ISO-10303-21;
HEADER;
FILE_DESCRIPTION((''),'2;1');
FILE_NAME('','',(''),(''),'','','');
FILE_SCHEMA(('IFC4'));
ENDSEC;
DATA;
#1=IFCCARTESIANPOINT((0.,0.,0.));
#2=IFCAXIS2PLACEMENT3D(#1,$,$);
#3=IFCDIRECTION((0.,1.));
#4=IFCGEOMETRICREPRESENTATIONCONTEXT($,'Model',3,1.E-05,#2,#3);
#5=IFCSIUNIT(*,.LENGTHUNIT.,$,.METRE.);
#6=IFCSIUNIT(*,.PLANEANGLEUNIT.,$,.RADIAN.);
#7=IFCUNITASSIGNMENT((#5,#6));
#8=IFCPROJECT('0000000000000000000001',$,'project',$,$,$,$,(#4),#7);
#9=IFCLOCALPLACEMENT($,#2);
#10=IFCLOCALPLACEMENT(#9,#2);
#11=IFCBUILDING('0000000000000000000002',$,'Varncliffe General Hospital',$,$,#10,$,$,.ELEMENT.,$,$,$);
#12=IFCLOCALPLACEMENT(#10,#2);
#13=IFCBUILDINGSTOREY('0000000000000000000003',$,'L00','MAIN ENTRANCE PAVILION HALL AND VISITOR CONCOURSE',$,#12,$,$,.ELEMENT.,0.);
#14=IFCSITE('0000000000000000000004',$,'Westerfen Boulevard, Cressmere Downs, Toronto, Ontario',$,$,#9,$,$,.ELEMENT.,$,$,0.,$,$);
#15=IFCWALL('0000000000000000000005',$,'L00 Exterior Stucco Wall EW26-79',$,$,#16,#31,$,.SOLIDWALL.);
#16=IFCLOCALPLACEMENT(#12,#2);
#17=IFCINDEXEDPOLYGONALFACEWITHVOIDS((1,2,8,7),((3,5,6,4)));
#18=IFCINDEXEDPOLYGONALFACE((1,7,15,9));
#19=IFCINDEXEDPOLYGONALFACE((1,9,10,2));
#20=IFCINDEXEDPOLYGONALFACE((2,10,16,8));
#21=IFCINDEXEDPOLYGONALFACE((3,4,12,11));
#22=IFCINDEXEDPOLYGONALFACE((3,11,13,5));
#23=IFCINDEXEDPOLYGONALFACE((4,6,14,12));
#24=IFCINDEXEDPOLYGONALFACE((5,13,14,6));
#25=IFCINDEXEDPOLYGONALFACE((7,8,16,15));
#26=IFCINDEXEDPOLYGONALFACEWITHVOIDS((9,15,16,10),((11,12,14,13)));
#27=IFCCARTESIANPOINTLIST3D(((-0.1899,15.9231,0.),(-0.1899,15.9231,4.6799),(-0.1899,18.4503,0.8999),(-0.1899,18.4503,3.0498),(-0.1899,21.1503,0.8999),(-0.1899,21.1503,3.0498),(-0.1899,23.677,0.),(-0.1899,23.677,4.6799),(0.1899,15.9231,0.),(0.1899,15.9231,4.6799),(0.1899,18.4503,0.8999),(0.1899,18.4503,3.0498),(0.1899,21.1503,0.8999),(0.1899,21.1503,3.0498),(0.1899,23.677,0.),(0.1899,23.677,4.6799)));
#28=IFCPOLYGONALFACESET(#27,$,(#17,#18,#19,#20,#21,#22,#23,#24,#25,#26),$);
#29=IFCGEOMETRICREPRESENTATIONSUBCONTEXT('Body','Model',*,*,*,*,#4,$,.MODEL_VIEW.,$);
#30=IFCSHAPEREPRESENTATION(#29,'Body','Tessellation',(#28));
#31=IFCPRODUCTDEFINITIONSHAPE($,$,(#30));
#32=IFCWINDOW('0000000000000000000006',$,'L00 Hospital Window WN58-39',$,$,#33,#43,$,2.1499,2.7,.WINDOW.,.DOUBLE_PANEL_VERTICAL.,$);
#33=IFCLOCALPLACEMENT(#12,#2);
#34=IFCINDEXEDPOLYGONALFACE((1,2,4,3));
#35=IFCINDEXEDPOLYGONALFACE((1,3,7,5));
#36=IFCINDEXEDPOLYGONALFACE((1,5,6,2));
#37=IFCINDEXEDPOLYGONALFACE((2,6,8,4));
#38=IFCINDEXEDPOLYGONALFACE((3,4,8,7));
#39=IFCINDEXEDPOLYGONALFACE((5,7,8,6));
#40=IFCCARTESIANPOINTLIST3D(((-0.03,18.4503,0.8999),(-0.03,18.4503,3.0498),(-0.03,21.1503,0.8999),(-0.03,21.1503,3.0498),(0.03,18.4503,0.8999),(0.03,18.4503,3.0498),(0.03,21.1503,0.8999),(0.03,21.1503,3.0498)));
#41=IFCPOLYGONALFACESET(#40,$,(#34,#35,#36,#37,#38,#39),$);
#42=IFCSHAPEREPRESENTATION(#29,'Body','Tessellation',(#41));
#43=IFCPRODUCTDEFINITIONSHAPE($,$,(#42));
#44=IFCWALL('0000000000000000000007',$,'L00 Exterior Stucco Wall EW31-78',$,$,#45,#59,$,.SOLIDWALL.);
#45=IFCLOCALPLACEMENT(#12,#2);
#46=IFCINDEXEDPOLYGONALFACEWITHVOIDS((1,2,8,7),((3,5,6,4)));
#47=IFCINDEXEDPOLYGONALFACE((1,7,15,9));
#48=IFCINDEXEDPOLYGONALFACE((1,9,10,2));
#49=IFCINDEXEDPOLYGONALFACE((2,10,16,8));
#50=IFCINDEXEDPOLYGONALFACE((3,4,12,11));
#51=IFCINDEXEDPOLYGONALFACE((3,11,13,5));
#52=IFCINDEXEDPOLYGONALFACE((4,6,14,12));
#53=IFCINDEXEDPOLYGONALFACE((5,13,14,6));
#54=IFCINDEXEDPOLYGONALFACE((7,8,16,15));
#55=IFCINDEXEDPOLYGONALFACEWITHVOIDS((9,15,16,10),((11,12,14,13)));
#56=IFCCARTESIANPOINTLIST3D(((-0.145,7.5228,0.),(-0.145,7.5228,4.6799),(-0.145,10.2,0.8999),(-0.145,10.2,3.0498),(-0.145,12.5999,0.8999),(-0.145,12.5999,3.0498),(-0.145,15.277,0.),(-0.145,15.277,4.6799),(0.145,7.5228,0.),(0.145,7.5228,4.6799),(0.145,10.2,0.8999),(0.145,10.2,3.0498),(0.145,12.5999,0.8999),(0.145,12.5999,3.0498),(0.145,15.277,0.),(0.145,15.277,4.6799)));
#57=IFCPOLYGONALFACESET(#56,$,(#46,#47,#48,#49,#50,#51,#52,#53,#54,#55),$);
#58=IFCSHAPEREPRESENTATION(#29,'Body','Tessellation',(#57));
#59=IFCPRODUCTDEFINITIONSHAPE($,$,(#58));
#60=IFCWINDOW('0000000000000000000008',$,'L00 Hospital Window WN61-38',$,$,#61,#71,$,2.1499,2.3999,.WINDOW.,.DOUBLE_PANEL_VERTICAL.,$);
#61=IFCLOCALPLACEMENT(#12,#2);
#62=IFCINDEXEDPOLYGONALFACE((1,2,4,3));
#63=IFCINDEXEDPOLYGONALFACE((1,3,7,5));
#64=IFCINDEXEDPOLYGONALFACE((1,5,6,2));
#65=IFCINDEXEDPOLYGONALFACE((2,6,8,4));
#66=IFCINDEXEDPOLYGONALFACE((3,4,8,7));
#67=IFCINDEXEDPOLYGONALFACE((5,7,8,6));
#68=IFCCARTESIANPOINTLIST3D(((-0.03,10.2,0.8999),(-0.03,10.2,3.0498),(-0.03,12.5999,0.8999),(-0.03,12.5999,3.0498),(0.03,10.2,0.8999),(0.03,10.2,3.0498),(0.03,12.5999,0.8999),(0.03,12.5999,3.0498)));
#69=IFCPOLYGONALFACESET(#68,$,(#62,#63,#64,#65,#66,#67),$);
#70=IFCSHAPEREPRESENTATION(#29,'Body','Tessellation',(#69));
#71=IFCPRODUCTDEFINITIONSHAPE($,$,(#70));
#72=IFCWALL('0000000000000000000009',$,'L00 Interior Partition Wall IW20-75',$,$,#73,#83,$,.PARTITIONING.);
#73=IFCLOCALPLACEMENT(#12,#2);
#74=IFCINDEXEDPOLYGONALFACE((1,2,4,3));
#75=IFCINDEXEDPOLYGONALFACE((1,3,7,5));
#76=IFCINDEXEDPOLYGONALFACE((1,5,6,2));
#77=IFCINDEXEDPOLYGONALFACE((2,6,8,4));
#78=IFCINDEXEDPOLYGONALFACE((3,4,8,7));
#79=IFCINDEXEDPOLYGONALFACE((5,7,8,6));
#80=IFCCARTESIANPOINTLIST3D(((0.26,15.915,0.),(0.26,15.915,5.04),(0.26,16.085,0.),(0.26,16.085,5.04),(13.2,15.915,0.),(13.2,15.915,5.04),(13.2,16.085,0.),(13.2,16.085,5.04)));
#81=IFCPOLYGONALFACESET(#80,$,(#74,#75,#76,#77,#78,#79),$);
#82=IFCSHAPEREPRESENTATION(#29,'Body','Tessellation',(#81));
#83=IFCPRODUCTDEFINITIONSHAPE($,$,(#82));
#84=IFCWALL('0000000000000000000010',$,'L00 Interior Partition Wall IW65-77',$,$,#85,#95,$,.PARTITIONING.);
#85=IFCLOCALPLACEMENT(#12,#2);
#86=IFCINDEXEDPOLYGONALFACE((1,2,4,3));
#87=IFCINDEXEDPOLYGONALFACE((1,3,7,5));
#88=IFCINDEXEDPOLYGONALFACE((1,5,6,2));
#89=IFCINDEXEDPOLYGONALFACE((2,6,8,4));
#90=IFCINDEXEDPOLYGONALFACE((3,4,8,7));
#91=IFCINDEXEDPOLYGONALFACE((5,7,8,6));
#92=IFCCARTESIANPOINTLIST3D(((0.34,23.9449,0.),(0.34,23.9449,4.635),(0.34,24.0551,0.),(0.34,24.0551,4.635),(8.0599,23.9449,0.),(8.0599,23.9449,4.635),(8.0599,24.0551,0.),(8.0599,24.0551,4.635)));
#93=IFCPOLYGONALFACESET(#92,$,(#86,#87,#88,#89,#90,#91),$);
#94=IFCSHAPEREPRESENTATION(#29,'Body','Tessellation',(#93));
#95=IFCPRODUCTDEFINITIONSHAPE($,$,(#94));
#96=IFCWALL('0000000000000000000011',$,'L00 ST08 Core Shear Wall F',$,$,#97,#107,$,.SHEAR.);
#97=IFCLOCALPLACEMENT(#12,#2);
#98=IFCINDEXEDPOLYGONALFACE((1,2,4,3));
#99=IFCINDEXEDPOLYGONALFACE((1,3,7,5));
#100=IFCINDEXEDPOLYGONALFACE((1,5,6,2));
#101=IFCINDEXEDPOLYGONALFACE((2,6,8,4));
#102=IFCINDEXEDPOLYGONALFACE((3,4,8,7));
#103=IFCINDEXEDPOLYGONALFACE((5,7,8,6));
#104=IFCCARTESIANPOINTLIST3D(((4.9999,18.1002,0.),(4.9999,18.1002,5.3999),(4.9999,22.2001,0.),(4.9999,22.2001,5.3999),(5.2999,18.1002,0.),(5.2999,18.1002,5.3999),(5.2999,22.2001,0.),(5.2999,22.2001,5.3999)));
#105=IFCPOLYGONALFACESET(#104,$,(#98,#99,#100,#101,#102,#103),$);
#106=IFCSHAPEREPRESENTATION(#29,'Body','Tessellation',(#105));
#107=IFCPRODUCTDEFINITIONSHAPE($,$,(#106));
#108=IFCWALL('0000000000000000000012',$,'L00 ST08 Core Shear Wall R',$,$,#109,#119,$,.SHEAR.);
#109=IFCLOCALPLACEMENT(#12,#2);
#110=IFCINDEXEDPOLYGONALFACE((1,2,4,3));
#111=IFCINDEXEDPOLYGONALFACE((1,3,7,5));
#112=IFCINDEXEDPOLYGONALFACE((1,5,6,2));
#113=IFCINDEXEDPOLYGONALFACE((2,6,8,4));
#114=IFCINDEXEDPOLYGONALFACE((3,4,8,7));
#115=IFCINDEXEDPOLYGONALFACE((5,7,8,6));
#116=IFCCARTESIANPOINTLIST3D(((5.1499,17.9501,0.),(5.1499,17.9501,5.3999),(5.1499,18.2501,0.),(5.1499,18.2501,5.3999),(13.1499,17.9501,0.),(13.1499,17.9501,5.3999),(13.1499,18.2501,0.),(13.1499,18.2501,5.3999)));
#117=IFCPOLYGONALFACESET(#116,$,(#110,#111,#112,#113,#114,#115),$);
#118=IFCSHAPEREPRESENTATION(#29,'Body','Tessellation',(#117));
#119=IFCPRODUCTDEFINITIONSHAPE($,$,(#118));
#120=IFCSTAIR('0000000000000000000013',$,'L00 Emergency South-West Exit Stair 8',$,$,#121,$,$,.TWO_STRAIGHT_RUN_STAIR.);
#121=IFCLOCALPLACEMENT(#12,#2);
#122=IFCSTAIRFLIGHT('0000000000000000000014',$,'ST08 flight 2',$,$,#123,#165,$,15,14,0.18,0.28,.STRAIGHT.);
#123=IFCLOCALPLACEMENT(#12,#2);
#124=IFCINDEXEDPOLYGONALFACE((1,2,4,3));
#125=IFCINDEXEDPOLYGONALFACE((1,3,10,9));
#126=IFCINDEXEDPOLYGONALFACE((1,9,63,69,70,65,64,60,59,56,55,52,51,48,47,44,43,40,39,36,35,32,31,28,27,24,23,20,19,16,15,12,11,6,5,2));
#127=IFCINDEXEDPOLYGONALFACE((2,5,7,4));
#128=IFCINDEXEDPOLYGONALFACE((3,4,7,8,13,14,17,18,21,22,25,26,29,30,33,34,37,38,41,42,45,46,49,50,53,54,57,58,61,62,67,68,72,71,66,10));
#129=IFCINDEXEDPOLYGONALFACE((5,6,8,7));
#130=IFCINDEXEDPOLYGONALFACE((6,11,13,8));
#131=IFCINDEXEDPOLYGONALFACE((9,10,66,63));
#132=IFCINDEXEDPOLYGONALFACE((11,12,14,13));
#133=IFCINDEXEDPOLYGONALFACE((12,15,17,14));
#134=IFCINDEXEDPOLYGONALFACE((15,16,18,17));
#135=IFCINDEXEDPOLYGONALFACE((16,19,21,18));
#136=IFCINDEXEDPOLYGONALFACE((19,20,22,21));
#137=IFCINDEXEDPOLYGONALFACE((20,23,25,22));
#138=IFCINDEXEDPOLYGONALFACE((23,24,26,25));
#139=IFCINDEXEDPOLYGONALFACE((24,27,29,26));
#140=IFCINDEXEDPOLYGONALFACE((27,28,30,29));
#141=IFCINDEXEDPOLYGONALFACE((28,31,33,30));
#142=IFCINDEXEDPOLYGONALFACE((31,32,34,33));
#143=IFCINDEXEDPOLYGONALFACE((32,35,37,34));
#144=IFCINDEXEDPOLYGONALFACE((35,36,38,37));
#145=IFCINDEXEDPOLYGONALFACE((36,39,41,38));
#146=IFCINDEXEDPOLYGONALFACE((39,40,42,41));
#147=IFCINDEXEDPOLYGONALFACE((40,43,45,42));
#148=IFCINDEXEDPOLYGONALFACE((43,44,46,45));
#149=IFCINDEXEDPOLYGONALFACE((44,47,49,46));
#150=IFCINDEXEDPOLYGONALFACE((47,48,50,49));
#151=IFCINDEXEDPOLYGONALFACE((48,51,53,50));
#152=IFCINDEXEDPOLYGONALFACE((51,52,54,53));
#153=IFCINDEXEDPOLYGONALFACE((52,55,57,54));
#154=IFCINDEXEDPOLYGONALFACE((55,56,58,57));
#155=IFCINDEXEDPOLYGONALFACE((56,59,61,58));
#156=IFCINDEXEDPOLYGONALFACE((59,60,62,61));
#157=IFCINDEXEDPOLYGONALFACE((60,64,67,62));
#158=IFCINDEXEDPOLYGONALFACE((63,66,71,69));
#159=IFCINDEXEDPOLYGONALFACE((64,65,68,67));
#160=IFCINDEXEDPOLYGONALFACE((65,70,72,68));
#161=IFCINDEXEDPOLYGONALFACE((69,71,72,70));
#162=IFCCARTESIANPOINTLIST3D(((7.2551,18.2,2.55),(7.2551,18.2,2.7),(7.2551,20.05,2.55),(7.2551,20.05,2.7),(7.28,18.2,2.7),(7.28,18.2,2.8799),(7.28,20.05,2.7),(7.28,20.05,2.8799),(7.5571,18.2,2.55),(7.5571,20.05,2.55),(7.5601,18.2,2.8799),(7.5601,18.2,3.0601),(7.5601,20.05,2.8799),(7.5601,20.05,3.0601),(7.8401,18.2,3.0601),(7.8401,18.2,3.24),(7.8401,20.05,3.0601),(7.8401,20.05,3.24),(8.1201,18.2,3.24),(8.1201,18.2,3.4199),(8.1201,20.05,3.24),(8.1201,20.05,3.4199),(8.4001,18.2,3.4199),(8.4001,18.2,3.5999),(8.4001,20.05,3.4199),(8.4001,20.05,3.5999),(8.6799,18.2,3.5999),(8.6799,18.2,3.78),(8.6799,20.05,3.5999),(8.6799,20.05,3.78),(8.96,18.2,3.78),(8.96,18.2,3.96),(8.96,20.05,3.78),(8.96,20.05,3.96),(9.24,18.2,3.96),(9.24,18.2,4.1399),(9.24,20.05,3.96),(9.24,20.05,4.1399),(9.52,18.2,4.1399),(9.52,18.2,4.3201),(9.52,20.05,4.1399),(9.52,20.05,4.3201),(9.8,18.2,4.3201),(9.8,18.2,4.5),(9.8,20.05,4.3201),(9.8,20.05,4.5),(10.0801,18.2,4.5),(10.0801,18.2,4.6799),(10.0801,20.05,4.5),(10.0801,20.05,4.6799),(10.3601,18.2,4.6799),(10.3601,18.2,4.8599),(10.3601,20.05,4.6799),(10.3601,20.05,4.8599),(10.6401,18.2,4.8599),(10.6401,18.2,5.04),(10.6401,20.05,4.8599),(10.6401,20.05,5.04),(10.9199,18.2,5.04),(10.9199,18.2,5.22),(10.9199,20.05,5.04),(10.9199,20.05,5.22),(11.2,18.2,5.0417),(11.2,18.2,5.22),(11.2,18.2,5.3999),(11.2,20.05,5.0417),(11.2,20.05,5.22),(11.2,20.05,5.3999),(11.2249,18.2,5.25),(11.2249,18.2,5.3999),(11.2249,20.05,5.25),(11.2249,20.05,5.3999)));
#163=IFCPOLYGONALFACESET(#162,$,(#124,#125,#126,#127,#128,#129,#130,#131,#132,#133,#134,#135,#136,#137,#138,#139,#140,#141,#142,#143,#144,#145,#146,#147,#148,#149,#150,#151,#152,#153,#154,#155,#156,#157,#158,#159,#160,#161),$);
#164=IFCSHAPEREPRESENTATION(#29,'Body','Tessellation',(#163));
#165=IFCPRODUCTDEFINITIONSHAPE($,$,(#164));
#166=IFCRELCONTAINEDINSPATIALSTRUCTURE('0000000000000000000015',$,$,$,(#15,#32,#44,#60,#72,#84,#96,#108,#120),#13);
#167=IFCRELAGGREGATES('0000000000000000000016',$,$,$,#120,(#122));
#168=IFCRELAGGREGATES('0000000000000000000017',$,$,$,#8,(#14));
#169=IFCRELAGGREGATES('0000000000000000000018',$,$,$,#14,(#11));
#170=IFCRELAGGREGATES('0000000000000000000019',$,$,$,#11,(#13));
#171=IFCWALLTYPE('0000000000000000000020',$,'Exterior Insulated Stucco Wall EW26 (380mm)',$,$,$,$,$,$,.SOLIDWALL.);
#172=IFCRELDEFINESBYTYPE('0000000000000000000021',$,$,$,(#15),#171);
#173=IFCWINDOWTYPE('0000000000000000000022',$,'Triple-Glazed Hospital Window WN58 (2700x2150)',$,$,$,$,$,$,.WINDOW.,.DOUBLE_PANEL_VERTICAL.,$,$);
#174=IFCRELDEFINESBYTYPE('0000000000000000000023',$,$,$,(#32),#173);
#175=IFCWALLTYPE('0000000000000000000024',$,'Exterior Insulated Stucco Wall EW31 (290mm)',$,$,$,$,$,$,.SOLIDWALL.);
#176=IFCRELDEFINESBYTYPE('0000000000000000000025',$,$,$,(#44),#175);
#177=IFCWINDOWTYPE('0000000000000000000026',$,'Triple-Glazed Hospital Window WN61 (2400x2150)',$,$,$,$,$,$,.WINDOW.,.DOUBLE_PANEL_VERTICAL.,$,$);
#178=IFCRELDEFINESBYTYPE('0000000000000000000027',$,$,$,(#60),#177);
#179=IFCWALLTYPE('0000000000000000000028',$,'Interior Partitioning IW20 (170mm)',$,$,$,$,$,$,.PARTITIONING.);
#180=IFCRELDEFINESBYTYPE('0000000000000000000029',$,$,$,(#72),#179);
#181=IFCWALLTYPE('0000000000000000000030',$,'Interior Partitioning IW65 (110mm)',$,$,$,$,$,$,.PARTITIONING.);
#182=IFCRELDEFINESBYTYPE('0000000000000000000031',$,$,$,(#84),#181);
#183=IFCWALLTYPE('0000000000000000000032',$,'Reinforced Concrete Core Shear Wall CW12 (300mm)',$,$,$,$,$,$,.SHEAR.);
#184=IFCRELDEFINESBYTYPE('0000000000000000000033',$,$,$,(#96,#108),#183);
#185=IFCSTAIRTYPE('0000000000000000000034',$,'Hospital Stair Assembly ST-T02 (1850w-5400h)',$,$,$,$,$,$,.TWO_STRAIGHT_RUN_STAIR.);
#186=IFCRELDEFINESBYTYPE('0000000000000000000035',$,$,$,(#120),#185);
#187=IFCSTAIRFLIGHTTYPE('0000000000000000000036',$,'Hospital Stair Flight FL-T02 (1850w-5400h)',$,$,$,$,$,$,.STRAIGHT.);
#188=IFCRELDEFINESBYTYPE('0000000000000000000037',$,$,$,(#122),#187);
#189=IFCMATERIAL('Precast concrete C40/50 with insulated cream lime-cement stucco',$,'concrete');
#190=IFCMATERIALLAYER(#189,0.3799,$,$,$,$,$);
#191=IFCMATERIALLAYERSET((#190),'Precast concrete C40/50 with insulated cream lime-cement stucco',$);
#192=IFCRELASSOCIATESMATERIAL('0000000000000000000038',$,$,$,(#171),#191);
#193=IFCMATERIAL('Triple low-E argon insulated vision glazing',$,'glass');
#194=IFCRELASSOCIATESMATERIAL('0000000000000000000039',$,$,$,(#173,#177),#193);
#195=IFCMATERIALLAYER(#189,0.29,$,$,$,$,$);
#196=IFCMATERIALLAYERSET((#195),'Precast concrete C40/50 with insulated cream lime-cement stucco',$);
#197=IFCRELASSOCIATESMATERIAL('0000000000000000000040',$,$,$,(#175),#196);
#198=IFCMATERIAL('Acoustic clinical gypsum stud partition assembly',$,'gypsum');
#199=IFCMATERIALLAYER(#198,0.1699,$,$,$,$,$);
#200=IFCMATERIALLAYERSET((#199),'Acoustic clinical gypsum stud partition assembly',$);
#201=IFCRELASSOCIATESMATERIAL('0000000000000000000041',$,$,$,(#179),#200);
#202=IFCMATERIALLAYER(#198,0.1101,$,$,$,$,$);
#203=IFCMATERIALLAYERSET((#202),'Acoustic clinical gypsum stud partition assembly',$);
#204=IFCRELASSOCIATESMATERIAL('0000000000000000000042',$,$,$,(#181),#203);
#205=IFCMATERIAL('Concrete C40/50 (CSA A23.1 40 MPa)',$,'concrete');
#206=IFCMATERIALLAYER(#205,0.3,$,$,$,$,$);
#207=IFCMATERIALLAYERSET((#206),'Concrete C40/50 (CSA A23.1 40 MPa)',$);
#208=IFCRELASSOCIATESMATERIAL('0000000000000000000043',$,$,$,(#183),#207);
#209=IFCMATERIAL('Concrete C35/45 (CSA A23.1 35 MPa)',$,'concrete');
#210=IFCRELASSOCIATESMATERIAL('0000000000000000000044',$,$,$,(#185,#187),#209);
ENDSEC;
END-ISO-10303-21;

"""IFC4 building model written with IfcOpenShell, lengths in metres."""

from ifc_helpers import new_model, si_unit, direction, frame, frame_2d, origin, place, context, subcontext, project, spatial, polyline, rectangle, outline, extrude, material, layer, layer_set, type_object, element, fill, aggregate, save


model = new_model("IFC4")

# Units and contexts
model_context = context("Model", 3, precision=1e-05, world=origin(), true_north=direction((0.0, 1.0)))
body_context = subcontext(model_context, "Body", "Model", "MODEL_VIEW")
ifc_project = project(units=[si_unit("LENGTHUNIT", "METRE"), si_unit("PLANEANGLEUNIT", "RADIAN")], contexts=[model_context])

# Site, building, storey
site_placement = place(None, origin())
site = spatial("IfcSite", under=ifc_project, at=site_placement, Name="Westerfen Boulevard, Cressmere Downs, Toronto, Ontario", CompositionType="ELEMENT", RefElevation=0.0)
building_placement = place(site_placement, origin())
building = spatial("IfcBuilding", under=site, at=building_placement, Name="Varncliffe General Hospital", CompositionType="ELEMENT")
storey_placement = place(building_placement, origin())
storey = spatial("IfcBuildingStorey", under=building, at=storey_placement, Name="L00", Description="MAIN ENTRANCE PAVILION HALL AND VISITOR CONCOURSE", CompositionType="ELEMENT", Elevation=0.0)

# Shared definitions
ifc_material_1 = material(Name="Concrete C40/50 (CSA A23.1 40 MPa)", Category="concrete")

# Shared definitions
ifc_material_2 = material(Name="Concrete C35/45 (CSA A23.1 35 MPa)", Category="concrete")

# Walls, openings, windows
ifc_material_3 = material(Name="Precast concrete C40/50 with insulated cream lime-cement stucco", Category="concrete")
ifc_layer_1 = layer(ifc_material_3, 0.3799)
ifc_layer_set_1 = layer_set([ifc_layer_1], Name="Precast concrete C40/50 with insulated cream lime-cement stucco")
wall_type_1 = type_object("IfcWallType", Name="Exterior Insulated Stucco Wall EW26 (380mm)", PredefinedType="SOLIDWALL", material=ifc_layer_set_1)
wall_1_placement = place(storey_placement, frame((0.0, 15.9231, 0.0), z_axis=(0.0, 0.0, 1.0), x_axis=(0.0, 1.0, 0.0)))
wall_1 = element("IfcWall", 1, at=wall_1_placement, inside=storey, type_object=wall_type_1, Name="L00 Exterior Stucco Wall EW26-79", PredefinedType="SOLIDWALL", context=body_context, shape_type="SweptSolid", body=[
    extrude(rectangle(XDim=7.7539, YDim=0.3799, at=frame_2d((3.877, 0.0))), origin(), (0.0, 0.0, 1.0), 4.6799),
])
opening_1_placement = place(wall_1_placement, frame((2.5271, 0.0, 0.8999)))
opening_1 = element("IfcOpeningElement", 2, at=opening_1_placement, cuts=wall_1, PredefinedType="OPENING", context=body_context, shape_type="SweptSolid", body=[
    extrude(rectangle(XDim=2.7, YDim=2.1499, at=frame_2d((1.3501, 1.075))), frame((0.0, 0.2, 0.0), z_axis=(0.0, -1.0, 0.0), x_axis=(1.0, 0.0, 0.0)), (0.0, 0.0, 1.0), 0.3999),
])
ifc_material_4 = material(Name="Triple low-E argon insulated vision glazing", Category="glass")
window_type_1 = type_object("IfcWindowType", Name="Triple-Glazed Hospital Window WN58 (2700x2150)", PartitioningType="DOUBLE_PANEL_VERTICAL", PredefinedType="WINDOW", material=ifc_material_4)
window_1_placement = place(opening_1_placement, origin())
window_1 = element("IfcWindow", 3, at=window_1_placement, inside=storey, type_object=window_type_1, Name="L00 Hospital Window WN58-39", OverallHeight=2.1499, OverallWidth=2.7, PartitioningType="DOUBLE_PANEL_VERTICAL", PredefinedType="WINDOW", context=body_context, shape_type="SweptSolid", body=[
    extrude(rectangle(XDim=2.7, YDim=2.1499, at=frame_2d((1.3501, 1.075))), frame((0.0, 0.03, 0.0), z_axis=(0.0, -1.0, 0.0), x_axis=(1.0, 0.0, 0.0)), (0.0, 0.0, 1.0), 0.0601),
])
fill(opening_1, window_1)
ifc_layer_2 = layer(ifc_material_3, 0.29)
ifc_layer_set_2 = layer_set([ifc_layer_2], Name="Precast concrete C40/50 with insulated cream lime-cement stucco")
wall_type_2 = type_object("IfcWallType", Name="Exterior Insulated Stucco Wall EW31 (290mm)", PredefinedType="SOLIDWALL", material=ifc_layer_set_2)
wall_2_placement = place(storey_placement, frame((0.0, 7.5229, 0.0), z_axis=(0.0, 0.0, 1.0), x_axis=(0.0, 1.0, 0.0)))
wall_2 = element("IfcWall", 4, at=wall_2_placement, inside=storey, type_object=wall_type_2, Name="L00 Exterior Stucco Wall EW31-78", PredefinedType="SOLIDWALL", context=body_context, shape_type="SweptSolid", body=[
    extrude(rectangle(XDim=7.7542, YDim=0.29, at=frame_2d((3.877, 0.0))), origin(), (0.0, 0.0, 1.0), 4.6799),
])
opening_2_placement = place(wall_2_placement, frame((2.677, 0.0, 0.8999)))
opening_2 = element("IfcOpeningElement", 5, at=opening_2_placement, cuts=wall_2, PredefinedType="OPENING", context=body_context, shape_type="SweptSolid", body=[
    extrude(rectangle(XDim=2.3999, YDim=2.1499, at=frame_2d((1.2, 1.075))), frame((0.0, 0.155, 0.0), z_axis=(0.0, -1.0, 0.0), x_axis=(1.0, 0.0, 0.0)), (0.0, 0.0, 1.0), 0.3101),
])
window_type_2 = type_object("IfcWindowType", Name="Triple-Glazed Hospital Window WN61 (2400x2150)", PartitioningType="DOUBLE_PANEL_VERTICAL", PredefinedType="WINDOW", material=ifc_material_4)
window_2_placement = place(opening_2_placement, origin())
window_2 = element("IfcWindow", 6, at=window_2_placement, inside=storey, type_object=window_type_2, Name="L00 Hospital Window WN61-38", OverallHeight=2.1499, OverallWidth=2.3999, PartitioningType="DOUBLE_PANEL_VERTICAL", PredefinedType="WINDOW", context=body_context, shape_type="SweptSolid", body=[
    extrude(rectangle(XDim=2.3999, YDim=2.1499, at=frame_2d((1.2, 1.075))), frame((0.0, 0.03, 0.0), z_axis=(0.0, -1.0, 0.0), x_axis=(1.0, 0.0, 0.0)), (0.0, 0.0, 1.0), 0.0601),
])
fill(opening_2, window_2)

# Walls
ifc_material_5 = material(Name="Acoustic clinical gypsum stud partition assembly", Category="gypsum")
ifc_layer_3 = layer(ifc_material_5, 0.1699)
ifc_layer_set_3 = layer_set([ifc_layer_3], Name="Acoustic clinical gypsum stud partition assembly")
wall_type_3 = type_object("IfcWallType", Name="Interior Partitioning IW20 (170mm)", PredefinedType="PARTITIONING", material=ifc_layer_set_3)
wall_3_placement = place(storey_placement, frame((0.26, 16.0, 0.0), z_axis=(0.0, 0.0, 1.0), x_axis=(1.0, 0.0, 0.0)))
element("IfcWall", 7, at=wall_3_placement, inside=storey, type_object=wall_type_3, Name="L00 Interior Partition Wall IW20-75", PredefinedType="PARTITIONING", context=body_context, shape_type="SweptSolid", body=[
    extrude(rectangle(XDim=12.9399, YDim=0.1699, at=frame_2d((6.47, 0.0))), origin(), (0.0, 0.0, 1.0), 5.04),
])
ifc_layer_4 = layer(ifc_material_5, 0.1101)
ifc_layer_set_4 = layer_set([ifc_layer_4], Name="Acoustic clinical gypsum stud partition assembly")
wall_type_4 = type_object("IfcWallType", Name="Interior Partitioning IW65 (110mm)", PredefinedType="PARTITIONING", material=ifc_layer_set_4)
wall_4_placement = place(storey_placement, frame((0.3401, 24.0, 0.0), z_axis=(0.0, 0.0, 1.0), x_axis=(1.0, 0.0, 0.0)))
element("IfcWall", 8, at=wall_4_placement, inside=storey, type_object=wall_type_4, Name="L00 Interior Partition Wall IW65-77", PredefinedType="PARTITIONING", context=body_context, shape_type="SweptSolid", body=[
    extrude(rectangle(XDim=7.72, YDim=0.1101, at=frame_2d((3.8599, 0.0))), origin(), (0.0, 0.0, 1.0), 4.635),
])
ifc_layer_5 = layer(ifc_material_1, 0.3)
ifc_layer_set_5 = layer_set([ifc_layer_5], Name="Concrete C40/50 (CSA A23.1 40 MPa)")
wall_type_5 = type_object("IfcWallType", Name="Reinforced Concrete Core Shear Wall CW12 (300mm)", PredefinedType="SHEAR", material=ifc_layer_set_5)
wall_5_placement = place(storey_placement, frame((5.1499, 22.2, 0.0), z_axis=(0.0, 0.0, 1.0), x_axis=(0.0, -1.0, 0.0)))
element("IfcWall", 9, at=wall_5_placement, inside=storey, type_object=wall_type_5, Name="L00 ST08 Core Shear Wall F", PredefinedType="SHEAR", context=body_context, shape_type="SweptSolid", body=[
    extrude(rectangle(XDim=4.0999, YDim=0.3, at=frame_2d((2.0498, 0.0))), origin(), (0.0, 0.0, 1.0), 5.3999),
])
wall_6_placement = place(storey_placement, frame((5.1499, 18.1001, 0.0), z_axis=(0.0, 0.0, 1.0), x_axis=(1.0, 0.0, 0.0)))
element("IfcWall", 10, at=wall_6_placement, inside=storey, type_object=wall_type_5, Name="L00 ST08 Core Shear Wall R", PredefinedType="SHEAR", context=body_context, shape_type="SweptSolid", body=[
    extrude(rectangle(XDim=8.0, YDim=0.3, at=frame_2d((4.0, 0.0))), origin(), (0.0, 0.0, 1.0), 5.3999),
])

# Stair, stair flight
stair_type = type_object("IfcStairType", Name="Hospital Stair Assembly ST-T02 (1850w-5400h)", PredefinedType="TWO_STRAIGHT_RUN_STAIR", material=ifc_material_2)
stair_placement = place(storey_placement, origin())
stair = element("IfcStair", 11, at=stair_placement, inside=storey, type_object=stair_type, Name="L00 Emergency South-West Exit Stair 8", PredefinedType="TWO_STRAIGHT_RUN_STAIR")
stair_flight_type = type_object("IfcStairFlightType", Name="Hospital Stair Flight FL-T02 (1850w-5400h)", PredefinedType="STRAIGHT", material=ifc_material_2)
stair_flight_placement = place(storey_placement, frame((7.28, 19.125, 2.7), z_axis=(0.0, 0.0, 1.0), x_axis=(1.0, 0.0, 0.0)))
stair_flight = element("IfcStairFlight", 12, at=stair_flight_placement, type_object=stair_flight_type, Name="ST08 flight 2", NumberOfRisers=15, NumberOfTreads=14, PredefinedType="STRAIGHT", RiserHeight=0.18, TreadLength=0.28, context=body_context, shape_type="SweptSolid", body=[
    extrude(outline(polyline([(-0.0249, -0.1499), (-0.0249, 0.0), (0.0, 0.0), (0.0, 0.1799), (0.28, 0.1799), (0.28, 0.3601), (0.5601, 0.3601), (0.5601, 0.54), (0.8401, 0.54), (0.8401, 0.72), (1.1201, 0.72), (1.1201, 0.8999), (1.3999, 0.8999), (1.3999, 1.0801), (1.6799, 1.0801), (1.6799, 1.26), (1.96, 1.26), (1.96, 1.4399), (2.24, 1.4399), (2.24, 1.6201), (2.52, 1.6201), (2.52, 1.8), (2.8, 1.8), (2.8, 1.98), (3.0801, 1.98), (3.0801, 2.1599), (3.3601, 2.1599), (3.3601, 2.3401), (3.6399, 2.3401), (3.6399, 2.52), (3.9199, 2.52), (3.9199, 2.7), (3.9448, 2.7), (3.9448, 2.55), (3.9199, 2.3418), (0.2771, -0.1499), (-0.0249, -0.1499)])), frame((0.0, 0.925, 0.0), z_axis=(0.0, -1.0, 0.0), x_axis=(1.0, 0.0, 0.0)), (0.0, 0.0, 1.0), 1.8501),
])
aggregate(stair, [stair_flight])

save(model, "model.ifc")
